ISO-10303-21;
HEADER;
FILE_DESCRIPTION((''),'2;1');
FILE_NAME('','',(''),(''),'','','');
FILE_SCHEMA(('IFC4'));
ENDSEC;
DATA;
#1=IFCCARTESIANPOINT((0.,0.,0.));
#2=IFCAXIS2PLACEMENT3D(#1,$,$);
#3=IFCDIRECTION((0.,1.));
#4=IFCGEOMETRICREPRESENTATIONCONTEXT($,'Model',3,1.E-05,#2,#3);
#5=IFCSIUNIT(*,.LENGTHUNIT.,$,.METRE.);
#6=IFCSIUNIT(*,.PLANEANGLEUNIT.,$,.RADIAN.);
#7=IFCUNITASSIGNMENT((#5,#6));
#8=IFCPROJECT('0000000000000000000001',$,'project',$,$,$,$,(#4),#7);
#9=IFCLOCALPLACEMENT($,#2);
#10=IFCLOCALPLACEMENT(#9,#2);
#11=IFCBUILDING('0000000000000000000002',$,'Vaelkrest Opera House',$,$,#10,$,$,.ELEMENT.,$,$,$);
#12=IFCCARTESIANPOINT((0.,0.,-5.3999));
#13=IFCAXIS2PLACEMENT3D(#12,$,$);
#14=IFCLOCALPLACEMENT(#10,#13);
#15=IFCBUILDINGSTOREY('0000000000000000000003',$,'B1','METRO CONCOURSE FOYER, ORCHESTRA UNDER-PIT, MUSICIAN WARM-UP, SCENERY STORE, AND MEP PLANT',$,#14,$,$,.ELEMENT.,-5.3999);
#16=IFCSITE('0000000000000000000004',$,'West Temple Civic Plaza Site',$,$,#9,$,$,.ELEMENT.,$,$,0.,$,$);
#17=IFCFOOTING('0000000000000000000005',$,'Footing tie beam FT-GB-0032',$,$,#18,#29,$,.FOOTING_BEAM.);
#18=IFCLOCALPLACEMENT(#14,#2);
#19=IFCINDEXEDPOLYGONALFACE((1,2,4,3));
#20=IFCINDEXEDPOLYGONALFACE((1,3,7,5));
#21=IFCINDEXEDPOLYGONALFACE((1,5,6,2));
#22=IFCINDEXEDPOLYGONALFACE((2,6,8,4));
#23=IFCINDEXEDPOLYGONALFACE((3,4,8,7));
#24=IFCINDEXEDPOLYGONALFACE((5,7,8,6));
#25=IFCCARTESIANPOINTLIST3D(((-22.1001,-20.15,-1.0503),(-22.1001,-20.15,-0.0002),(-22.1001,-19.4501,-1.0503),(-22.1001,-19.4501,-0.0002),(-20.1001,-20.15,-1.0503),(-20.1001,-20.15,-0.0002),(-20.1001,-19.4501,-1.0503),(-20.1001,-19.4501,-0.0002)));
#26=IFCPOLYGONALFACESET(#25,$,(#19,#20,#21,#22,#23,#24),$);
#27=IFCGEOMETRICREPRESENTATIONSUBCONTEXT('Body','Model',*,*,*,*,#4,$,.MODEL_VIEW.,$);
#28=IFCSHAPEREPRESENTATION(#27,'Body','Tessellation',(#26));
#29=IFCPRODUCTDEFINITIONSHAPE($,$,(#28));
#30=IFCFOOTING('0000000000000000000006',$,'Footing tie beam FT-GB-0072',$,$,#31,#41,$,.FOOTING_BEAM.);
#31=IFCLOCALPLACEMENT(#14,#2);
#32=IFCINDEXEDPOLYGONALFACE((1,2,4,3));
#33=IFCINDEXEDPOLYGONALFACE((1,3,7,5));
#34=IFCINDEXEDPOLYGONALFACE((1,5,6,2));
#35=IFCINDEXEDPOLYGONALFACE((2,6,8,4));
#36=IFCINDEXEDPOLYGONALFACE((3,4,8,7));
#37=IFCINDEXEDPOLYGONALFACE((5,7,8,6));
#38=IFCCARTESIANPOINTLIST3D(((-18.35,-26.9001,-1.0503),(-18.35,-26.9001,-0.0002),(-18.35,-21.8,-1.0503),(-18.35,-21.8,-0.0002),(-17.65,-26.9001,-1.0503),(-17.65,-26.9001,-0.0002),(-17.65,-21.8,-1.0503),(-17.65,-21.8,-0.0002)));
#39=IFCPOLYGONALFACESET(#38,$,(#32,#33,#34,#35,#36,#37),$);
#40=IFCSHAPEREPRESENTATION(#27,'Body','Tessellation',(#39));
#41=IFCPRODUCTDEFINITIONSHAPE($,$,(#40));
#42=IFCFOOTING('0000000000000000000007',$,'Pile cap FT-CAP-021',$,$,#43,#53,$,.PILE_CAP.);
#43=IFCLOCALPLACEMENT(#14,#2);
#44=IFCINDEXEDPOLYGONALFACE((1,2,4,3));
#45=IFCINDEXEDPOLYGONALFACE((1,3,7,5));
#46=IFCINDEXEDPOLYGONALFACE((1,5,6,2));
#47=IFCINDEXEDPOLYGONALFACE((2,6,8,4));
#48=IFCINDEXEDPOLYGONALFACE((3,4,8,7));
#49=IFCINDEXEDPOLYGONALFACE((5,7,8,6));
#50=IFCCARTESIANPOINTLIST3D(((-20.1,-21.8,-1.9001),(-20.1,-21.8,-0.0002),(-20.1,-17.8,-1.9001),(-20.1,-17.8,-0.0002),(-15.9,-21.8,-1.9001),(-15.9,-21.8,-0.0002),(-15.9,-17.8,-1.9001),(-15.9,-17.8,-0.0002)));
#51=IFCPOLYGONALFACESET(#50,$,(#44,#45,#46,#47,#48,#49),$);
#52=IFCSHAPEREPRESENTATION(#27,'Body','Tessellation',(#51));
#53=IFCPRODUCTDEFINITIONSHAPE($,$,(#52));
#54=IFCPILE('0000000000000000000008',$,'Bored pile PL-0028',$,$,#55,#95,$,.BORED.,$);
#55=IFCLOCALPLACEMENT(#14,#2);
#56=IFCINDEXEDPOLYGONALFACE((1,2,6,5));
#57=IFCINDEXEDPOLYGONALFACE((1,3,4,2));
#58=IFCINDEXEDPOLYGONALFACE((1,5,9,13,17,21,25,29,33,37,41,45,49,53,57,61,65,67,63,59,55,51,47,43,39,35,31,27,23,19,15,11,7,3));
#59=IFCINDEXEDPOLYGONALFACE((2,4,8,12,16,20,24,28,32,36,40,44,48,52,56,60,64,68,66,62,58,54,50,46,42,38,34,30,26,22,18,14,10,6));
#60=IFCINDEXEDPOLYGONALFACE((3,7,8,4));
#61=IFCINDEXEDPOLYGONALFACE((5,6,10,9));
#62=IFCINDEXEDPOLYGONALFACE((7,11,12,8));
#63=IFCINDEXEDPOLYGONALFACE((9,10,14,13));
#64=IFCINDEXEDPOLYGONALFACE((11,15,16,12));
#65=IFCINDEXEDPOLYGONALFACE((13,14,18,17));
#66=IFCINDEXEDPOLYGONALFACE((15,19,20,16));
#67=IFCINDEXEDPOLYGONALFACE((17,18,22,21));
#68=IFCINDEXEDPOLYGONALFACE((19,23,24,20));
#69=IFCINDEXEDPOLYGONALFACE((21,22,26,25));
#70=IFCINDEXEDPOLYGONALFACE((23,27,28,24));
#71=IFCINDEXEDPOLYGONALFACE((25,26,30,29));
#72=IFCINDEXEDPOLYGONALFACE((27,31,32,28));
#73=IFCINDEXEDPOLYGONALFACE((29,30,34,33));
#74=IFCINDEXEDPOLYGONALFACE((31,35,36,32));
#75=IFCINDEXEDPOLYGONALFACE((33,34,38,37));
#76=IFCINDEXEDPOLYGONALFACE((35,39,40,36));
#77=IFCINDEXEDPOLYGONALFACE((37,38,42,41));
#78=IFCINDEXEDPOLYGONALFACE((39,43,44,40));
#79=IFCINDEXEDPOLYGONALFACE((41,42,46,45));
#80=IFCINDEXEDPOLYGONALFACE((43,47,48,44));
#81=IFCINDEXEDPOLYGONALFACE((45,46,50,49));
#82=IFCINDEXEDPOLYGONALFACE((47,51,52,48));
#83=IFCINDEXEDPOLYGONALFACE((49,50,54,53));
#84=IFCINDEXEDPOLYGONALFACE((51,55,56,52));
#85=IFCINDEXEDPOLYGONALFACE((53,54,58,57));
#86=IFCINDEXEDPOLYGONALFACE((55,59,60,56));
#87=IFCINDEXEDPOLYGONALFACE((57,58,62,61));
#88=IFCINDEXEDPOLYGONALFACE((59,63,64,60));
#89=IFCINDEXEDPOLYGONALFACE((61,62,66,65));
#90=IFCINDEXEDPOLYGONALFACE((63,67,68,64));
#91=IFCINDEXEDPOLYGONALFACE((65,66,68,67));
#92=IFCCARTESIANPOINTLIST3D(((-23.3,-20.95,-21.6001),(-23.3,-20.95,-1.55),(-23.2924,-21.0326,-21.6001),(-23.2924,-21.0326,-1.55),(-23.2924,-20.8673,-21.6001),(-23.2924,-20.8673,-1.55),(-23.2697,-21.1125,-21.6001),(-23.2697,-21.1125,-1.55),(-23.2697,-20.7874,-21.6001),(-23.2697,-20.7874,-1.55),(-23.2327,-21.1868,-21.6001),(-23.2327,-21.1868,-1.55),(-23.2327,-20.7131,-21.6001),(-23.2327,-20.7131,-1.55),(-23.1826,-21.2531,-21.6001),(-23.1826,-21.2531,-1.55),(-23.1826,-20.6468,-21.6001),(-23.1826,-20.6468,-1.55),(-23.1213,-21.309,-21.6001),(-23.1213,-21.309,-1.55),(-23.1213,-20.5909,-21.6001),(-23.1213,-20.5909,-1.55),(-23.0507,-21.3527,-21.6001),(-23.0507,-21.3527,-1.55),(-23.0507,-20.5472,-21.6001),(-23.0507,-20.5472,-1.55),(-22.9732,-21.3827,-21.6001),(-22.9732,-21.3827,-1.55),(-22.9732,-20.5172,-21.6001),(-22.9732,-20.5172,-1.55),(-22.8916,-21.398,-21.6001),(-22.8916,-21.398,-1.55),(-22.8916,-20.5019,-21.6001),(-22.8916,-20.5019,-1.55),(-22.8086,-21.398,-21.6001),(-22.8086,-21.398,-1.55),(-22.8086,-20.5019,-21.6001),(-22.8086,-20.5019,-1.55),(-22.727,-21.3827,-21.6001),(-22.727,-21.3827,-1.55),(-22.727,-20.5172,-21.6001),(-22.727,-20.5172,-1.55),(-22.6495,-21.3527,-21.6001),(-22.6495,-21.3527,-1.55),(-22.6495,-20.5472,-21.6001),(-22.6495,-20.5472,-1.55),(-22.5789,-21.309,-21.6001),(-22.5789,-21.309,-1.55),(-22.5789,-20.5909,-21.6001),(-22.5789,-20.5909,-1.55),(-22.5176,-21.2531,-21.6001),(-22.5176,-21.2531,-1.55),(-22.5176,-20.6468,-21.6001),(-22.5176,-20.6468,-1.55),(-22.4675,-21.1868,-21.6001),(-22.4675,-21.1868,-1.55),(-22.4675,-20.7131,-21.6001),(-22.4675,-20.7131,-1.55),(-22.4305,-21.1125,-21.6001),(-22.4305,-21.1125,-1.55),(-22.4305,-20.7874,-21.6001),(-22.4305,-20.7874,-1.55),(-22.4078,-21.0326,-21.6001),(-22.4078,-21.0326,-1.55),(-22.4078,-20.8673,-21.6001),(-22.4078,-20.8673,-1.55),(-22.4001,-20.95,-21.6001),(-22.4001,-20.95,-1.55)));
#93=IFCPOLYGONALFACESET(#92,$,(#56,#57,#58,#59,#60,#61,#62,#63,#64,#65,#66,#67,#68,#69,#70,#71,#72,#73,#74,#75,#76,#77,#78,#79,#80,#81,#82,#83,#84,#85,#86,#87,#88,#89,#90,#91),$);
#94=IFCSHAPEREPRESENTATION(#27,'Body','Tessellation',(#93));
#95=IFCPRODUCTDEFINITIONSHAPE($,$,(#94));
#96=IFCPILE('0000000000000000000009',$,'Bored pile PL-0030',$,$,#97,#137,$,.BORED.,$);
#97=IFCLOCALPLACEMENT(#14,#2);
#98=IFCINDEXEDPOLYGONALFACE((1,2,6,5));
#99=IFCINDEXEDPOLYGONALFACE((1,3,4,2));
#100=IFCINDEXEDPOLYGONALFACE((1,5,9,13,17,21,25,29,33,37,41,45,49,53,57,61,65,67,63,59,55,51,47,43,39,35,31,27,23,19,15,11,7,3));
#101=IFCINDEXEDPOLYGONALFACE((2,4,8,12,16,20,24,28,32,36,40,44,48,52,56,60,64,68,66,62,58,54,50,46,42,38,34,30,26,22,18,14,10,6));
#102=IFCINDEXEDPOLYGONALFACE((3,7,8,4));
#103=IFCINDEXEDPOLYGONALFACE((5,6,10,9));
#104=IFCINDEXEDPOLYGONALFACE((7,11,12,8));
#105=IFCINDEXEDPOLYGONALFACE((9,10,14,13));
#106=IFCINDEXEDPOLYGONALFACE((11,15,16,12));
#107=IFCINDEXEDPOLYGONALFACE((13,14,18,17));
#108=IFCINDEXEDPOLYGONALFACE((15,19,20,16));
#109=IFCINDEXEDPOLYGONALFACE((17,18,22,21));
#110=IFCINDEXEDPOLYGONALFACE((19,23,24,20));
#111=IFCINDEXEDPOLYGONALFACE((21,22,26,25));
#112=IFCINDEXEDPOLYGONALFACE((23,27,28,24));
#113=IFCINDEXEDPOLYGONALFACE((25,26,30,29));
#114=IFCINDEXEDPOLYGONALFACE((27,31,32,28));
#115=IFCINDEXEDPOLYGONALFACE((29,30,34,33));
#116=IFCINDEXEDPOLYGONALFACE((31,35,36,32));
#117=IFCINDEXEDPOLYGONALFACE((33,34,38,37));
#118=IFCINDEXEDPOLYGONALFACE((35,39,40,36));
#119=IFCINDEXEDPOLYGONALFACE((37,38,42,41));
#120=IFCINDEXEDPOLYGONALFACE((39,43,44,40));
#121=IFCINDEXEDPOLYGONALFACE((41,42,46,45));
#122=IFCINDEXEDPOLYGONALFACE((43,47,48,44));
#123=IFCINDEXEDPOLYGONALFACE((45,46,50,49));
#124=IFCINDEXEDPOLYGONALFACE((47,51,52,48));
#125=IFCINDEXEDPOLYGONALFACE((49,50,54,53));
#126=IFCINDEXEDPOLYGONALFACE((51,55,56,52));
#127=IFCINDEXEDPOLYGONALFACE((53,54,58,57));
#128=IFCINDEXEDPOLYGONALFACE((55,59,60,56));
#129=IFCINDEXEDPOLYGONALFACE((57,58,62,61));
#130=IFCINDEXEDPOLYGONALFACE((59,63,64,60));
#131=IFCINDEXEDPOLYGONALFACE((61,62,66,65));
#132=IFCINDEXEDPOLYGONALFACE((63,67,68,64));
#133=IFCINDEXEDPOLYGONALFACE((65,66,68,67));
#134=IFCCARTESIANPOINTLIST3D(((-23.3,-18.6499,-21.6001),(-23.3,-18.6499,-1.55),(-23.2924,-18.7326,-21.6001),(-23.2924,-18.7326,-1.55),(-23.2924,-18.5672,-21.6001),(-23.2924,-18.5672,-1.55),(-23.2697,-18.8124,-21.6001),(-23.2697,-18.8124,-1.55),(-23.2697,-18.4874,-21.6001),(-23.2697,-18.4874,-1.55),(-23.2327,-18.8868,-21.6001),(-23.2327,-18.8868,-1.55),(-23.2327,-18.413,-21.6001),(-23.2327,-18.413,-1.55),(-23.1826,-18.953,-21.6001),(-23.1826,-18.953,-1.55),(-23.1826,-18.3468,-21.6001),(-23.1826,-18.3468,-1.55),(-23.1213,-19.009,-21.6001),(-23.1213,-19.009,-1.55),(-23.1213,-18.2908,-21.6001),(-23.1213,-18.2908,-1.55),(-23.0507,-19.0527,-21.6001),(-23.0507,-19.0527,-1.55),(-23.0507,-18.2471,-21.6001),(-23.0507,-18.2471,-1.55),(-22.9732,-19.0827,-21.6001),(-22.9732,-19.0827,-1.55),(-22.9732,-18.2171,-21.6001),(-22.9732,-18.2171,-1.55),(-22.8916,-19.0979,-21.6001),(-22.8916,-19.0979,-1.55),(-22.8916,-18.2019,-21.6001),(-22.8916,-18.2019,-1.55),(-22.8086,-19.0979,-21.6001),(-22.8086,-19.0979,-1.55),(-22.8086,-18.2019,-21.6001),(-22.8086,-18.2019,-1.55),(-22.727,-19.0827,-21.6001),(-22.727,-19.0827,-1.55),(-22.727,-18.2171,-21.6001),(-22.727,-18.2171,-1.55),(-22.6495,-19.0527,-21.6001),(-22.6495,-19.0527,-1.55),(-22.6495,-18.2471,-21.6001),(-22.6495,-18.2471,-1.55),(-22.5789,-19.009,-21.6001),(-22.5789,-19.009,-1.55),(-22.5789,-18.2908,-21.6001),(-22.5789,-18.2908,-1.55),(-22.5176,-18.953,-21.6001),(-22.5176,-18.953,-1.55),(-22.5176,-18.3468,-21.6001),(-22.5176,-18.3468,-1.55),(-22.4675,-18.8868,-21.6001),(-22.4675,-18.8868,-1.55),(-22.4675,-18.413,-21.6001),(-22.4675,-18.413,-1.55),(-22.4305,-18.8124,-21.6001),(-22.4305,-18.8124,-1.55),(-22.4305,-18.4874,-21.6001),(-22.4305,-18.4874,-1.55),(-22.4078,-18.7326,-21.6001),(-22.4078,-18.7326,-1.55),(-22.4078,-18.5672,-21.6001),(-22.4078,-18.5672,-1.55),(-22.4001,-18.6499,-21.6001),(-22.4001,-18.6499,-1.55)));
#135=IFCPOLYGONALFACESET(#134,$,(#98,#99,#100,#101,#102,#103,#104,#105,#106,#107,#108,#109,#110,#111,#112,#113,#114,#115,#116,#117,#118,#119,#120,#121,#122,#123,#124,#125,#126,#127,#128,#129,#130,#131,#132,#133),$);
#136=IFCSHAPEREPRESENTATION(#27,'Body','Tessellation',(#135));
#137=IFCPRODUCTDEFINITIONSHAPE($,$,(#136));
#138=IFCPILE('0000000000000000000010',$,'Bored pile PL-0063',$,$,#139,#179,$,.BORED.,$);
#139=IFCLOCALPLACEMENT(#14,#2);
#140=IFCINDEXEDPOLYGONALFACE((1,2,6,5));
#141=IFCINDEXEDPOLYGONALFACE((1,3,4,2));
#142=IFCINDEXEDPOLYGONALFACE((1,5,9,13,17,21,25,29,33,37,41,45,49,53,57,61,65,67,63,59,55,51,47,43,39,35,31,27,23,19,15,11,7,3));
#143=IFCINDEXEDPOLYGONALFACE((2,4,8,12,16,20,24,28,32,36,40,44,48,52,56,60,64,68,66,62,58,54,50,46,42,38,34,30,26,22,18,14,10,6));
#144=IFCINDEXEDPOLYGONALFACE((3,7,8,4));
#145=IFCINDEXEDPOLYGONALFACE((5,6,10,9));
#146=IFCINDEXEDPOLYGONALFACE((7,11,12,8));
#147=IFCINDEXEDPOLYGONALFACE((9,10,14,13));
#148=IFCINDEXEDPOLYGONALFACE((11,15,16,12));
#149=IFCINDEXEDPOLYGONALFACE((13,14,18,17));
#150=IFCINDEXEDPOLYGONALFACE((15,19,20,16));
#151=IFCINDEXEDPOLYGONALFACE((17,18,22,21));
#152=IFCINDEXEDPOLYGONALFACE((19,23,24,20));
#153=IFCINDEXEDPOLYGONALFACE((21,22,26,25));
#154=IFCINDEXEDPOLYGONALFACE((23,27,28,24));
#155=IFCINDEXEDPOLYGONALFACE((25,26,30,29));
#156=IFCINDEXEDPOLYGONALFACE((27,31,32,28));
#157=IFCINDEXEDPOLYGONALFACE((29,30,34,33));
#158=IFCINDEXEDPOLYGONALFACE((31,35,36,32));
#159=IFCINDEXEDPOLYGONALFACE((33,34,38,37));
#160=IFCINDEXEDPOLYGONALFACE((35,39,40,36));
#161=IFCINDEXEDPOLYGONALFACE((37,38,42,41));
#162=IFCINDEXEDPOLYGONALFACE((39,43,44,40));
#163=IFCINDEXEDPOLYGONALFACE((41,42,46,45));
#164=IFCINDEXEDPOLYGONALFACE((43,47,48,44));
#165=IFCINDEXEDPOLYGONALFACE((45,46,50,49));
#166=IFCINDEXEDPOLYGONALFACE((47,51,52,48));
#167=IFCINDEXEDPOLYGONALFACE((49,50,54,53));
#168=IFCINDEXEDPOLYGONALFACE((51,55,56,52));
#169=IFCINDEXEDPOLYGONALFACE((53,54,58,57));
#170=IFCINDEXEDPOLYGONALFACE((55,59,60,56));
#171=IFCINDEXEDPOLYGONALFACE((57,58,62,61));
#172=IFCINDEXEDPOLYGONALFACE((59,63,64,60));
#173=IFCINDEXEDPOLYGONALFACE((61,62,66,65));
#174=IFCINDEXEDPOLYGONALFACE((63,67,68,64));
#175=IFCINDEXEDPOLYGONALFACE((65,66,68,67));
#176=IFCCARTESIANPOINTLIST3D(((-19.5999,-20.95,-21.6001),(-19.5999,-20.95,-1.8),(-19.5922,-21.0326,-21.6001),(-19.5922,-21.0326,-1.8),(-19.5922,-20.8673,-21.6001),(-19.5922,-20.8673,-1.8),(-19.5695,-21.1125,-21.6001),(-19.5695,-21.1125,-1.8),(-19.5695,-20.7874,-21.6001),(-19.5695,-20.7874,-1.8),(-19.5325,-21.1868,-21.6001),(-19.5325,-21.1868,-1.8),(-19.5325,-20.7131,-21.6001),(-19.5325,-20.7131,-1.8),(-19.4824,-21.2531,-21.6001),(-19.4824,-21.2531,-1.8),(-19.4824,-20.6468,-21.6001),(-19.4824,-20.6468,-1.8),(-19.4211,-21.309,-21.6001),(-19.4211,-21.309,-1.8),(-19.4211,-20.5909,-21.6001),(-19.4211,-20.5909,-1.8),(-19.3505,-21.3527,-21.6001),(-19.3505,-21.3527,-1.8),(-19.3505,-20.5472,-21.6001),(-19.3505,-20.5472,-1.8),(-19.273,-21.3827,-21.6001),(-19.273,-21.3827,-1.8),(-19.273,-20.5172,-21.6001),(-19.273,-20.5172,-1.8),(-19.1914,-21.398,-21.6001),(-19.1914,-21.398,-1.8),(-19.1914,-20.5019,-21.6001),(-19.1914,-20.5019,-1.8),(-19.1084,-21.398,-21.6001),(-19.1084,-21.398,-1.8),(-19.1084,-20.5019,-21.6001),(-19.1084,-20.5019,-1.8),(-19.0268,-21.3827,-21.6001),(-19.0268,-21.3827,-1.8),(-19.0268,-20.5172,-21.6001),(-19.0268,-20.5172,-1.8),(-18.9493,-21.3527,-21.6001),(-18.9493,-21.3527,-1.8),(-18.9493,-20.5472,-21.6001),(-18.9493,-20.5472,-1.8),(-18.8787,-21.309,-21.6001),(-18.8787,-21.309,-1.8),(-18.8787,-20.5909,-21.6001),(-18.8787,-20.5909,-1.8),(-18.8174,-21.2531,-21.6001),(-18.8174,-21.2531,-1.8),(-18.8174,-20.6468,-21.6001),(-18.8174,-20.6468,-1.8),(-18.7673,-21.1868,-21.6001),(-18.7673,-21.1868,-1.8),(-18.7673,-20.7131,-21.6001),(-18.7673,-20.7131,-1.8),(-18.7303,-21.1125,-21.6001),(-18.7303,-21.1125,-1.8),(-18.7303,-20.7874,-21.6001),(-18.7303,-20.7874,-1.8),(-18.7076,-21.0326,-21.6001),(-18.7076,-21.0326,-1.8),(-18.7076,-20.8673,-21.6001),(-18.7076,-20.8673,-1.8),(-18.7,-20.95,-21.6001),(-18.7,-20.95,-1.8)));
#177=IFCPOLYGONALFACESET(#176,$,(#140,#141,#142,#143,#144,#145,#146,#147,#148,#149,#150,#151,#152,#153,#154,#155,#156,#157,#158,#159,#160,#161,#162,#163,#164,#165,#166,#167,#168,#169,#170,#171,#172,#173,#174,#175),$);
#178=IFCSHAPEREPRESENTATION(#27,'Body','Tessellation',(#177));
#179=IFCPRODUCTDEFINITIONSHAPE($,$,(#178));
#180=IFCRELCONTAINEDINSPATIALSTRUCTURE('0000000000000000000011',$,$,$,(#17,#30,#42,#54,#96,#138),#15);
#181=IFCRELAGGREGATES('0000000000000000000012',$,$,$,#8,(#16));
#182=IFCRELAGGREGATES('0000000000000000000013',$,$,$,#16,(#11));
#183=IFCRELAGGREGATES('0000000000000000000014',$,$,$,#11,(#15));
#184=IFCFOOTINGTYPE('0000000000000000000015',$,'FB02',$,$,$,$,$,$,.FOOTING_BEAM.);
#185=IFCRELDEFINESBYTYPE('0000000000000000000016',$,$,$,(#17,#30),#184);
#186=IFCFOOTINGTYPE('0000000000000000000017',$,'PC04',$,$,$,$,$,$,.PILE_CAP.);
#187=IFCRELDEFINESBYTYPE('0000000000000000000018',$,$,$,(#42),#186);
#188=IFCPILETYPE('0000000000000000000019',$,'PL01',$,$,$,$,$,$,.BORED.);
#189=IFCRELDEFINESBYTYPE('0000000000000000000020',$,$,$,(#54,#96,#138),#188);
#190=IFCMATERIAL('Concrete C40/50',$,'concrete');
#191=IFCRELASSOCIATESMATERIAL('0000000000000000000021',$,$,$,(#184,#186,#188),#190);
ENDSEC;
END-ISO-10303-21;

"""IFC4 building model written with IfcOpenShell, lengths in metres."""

from ifc_helpers import new_model, si_unit, direction, frame, origin, origin_2d, place, context, subcontext, project, spatial, rectangle, circle, extrude, material, material_profile, profile_set, type_object, element, save


model = new_model("IFC4")

# Units and contexts
model_context = context("Model", 3, precision=1e-05, world=origin(), true_north=direction((0.0, 1.0)))
body_context = subcontext(model_context, "Body", "Model", "MODEL_VIEW")
ifc_project = project(units=[si_unit("LENGTHUNIT", "METRE"), si_unit("PLANEANGLEUNIT", "RADIAN")], contexts=[model_context])

# Site, building, storey
site_placement = place(None, origin())
site = spatial("IfcSite", under=ifc_project, at=site_placement, Name="West Temple Civic Plaza Site", CompositionType="ELEMENT", RefElevation=0.0)
building_placement = place(site_placement, origin())
building = spatial("IfcBuilding", under=site, at=building_placement, Name="Vaelkrest Opera House", CompositionType="ELEMENT")
storey_placement = place(building_placement, frame((0.0, 0.0, -5.3999)))
storey = spatial("IfcBuildingStorey", under=building, at=storey_placement, Name="B1", Description="METRO CONCOURSE FOYER, ORCHESTRA UNDER-PIT, MUSICIAN WARM-UP, SCENERY STORE, AND MEP PLANT", CompositionType="ELEMENT", Elevation=-5.3999)

# Footings
ifc_material_1 = material(Name="Concrete C40/50", Category="concrete")
footing_type_1 = type_object("IfcFootingType", Name="FB02", PredefinedType="FOOTING_BEAM", material=ifc_material_1)
footing_1_placement = place(storey_placement, frame((-21.1001, -19.8, -1.0503), z_axis=(0.0, 0.0, 1.0), x_axis=(1.0, 0.0, 0.0)))
element("IfcFooting", 1, at=footing_1_placement, inside=storey, type_object=footing_type_1, Name="Footing tie beam FT-GB-0032", PredefinedType="FOOTING_BEAM", context=body_context, shape_type="SweptSolid", body=[
    extrude(rectangle(XDim=2.0, YDim=0.7, at=origin_2d()), origin(), (0.0, 0.0, 1.0), 1.05),
])
footing_2_placement = place(storey_placement, frame((-18.0, -24.3501, -1.0503), z_axis=(0.0, 0.0, 1.0), x_axis=(0.0, 1.0, 0.0)))
element("IfcFooting", 2, at=footing_2_placement, inside=storey, type_object=footing_type_1, Name="Footing tie beam FT-GB-0072", PredefinedType="FOOTING_BEAM", context=body_context, shape_type="SweptSolid", body=[
    extrude(rectangle(XDim=5.1001, YDim=0.7, at=origin_2d()), origin(), (0.0, 0.0, 1.0), 1.05),
])
footing_type_2 = type_object("IfcFootingType", Name="PC04", PredefinedType="PILE_CAP", material=ifc_material_1)
footing_3_placement = place(storey_placement, frame((-18.0, -19.8, -1.9001), z_axis=(0.0, 0.0, 1.0), x_axis=(1.0, 0.0, 0.0)))
element("IfcFooting", 3, at=footing_3_placement, inside=storey, type_object=footing_type_2, Name="Pile cap FT-CAP-021", PredefinedType="PILE_CAP", context=body_context, shape_type="SweptSolid", body=[
    extrude(rectangle(XDim=4.2, YDim=4.0, at=origin_2d()), origin(), (0.0, 0.0, 1.0), 1.8999),
])

# Piles
ifc_material_profile_1 = material_profile(ifc_material_1, circle(Radius=0.45, at=origin_2d()), Name="PILE900")
ifc_profile_set_1 = profile_set([ifc_material_profile_1], Name="Concrete C40/50")
pile_type = type_object("IfcPileType", Name="PL01", PredefinedType="BORED", material=ifc_profile_set_1)
for number, where, z_axis, x_axis, name in (
    (4, (-22.8501, -20.95, -1.55), (0.0, 0.0, -1.0), (1.0, 0.0, 0.0), "Bored pile PL-0028"),
    (5, (-22.8501, -18.6499, -1.55), (0.0, 0.0, -1.0), (1.0, 0.0, 0.0), "Bored pile PL-0030"),
):
    element("IfcPile", number, at=place(storey_placement, frame(where, z_axis=z_axis, x_axis=x_axis)), inside=storey, type_object=pile_type, Name=name, PredefinedType="BORED", context=body_context, shape_type="SweptSolid", body=[
        extrude(circle(Radius=0.45, at=origin_2d()), origin(), (0.0, 0.0, 1.0), 20.05),
    ])
for number, where, z_axis, x_axis, name in (
    (6, (-19.1499, -20.95, -1.8), (0.0, 0.0, -1.0), (1.0, 0.0, 0.0), "Bored pile PL-0063"),
):
    element("IfcPile", number, at=place(storey_placement, frame(where, z_axis=z_axis, x_axis=x_axis)), inside=storey, type_object=pile_type, Name=name, PredefinedType="BORED", context=body_context, shape_type="SweptSolid", body=[
        extrude(circle(Radius=0.45, at=origin_2d()), origin(), (0.0, 0.0, 1.0), 19.8),
    ])

save(model, "model.ifc")
